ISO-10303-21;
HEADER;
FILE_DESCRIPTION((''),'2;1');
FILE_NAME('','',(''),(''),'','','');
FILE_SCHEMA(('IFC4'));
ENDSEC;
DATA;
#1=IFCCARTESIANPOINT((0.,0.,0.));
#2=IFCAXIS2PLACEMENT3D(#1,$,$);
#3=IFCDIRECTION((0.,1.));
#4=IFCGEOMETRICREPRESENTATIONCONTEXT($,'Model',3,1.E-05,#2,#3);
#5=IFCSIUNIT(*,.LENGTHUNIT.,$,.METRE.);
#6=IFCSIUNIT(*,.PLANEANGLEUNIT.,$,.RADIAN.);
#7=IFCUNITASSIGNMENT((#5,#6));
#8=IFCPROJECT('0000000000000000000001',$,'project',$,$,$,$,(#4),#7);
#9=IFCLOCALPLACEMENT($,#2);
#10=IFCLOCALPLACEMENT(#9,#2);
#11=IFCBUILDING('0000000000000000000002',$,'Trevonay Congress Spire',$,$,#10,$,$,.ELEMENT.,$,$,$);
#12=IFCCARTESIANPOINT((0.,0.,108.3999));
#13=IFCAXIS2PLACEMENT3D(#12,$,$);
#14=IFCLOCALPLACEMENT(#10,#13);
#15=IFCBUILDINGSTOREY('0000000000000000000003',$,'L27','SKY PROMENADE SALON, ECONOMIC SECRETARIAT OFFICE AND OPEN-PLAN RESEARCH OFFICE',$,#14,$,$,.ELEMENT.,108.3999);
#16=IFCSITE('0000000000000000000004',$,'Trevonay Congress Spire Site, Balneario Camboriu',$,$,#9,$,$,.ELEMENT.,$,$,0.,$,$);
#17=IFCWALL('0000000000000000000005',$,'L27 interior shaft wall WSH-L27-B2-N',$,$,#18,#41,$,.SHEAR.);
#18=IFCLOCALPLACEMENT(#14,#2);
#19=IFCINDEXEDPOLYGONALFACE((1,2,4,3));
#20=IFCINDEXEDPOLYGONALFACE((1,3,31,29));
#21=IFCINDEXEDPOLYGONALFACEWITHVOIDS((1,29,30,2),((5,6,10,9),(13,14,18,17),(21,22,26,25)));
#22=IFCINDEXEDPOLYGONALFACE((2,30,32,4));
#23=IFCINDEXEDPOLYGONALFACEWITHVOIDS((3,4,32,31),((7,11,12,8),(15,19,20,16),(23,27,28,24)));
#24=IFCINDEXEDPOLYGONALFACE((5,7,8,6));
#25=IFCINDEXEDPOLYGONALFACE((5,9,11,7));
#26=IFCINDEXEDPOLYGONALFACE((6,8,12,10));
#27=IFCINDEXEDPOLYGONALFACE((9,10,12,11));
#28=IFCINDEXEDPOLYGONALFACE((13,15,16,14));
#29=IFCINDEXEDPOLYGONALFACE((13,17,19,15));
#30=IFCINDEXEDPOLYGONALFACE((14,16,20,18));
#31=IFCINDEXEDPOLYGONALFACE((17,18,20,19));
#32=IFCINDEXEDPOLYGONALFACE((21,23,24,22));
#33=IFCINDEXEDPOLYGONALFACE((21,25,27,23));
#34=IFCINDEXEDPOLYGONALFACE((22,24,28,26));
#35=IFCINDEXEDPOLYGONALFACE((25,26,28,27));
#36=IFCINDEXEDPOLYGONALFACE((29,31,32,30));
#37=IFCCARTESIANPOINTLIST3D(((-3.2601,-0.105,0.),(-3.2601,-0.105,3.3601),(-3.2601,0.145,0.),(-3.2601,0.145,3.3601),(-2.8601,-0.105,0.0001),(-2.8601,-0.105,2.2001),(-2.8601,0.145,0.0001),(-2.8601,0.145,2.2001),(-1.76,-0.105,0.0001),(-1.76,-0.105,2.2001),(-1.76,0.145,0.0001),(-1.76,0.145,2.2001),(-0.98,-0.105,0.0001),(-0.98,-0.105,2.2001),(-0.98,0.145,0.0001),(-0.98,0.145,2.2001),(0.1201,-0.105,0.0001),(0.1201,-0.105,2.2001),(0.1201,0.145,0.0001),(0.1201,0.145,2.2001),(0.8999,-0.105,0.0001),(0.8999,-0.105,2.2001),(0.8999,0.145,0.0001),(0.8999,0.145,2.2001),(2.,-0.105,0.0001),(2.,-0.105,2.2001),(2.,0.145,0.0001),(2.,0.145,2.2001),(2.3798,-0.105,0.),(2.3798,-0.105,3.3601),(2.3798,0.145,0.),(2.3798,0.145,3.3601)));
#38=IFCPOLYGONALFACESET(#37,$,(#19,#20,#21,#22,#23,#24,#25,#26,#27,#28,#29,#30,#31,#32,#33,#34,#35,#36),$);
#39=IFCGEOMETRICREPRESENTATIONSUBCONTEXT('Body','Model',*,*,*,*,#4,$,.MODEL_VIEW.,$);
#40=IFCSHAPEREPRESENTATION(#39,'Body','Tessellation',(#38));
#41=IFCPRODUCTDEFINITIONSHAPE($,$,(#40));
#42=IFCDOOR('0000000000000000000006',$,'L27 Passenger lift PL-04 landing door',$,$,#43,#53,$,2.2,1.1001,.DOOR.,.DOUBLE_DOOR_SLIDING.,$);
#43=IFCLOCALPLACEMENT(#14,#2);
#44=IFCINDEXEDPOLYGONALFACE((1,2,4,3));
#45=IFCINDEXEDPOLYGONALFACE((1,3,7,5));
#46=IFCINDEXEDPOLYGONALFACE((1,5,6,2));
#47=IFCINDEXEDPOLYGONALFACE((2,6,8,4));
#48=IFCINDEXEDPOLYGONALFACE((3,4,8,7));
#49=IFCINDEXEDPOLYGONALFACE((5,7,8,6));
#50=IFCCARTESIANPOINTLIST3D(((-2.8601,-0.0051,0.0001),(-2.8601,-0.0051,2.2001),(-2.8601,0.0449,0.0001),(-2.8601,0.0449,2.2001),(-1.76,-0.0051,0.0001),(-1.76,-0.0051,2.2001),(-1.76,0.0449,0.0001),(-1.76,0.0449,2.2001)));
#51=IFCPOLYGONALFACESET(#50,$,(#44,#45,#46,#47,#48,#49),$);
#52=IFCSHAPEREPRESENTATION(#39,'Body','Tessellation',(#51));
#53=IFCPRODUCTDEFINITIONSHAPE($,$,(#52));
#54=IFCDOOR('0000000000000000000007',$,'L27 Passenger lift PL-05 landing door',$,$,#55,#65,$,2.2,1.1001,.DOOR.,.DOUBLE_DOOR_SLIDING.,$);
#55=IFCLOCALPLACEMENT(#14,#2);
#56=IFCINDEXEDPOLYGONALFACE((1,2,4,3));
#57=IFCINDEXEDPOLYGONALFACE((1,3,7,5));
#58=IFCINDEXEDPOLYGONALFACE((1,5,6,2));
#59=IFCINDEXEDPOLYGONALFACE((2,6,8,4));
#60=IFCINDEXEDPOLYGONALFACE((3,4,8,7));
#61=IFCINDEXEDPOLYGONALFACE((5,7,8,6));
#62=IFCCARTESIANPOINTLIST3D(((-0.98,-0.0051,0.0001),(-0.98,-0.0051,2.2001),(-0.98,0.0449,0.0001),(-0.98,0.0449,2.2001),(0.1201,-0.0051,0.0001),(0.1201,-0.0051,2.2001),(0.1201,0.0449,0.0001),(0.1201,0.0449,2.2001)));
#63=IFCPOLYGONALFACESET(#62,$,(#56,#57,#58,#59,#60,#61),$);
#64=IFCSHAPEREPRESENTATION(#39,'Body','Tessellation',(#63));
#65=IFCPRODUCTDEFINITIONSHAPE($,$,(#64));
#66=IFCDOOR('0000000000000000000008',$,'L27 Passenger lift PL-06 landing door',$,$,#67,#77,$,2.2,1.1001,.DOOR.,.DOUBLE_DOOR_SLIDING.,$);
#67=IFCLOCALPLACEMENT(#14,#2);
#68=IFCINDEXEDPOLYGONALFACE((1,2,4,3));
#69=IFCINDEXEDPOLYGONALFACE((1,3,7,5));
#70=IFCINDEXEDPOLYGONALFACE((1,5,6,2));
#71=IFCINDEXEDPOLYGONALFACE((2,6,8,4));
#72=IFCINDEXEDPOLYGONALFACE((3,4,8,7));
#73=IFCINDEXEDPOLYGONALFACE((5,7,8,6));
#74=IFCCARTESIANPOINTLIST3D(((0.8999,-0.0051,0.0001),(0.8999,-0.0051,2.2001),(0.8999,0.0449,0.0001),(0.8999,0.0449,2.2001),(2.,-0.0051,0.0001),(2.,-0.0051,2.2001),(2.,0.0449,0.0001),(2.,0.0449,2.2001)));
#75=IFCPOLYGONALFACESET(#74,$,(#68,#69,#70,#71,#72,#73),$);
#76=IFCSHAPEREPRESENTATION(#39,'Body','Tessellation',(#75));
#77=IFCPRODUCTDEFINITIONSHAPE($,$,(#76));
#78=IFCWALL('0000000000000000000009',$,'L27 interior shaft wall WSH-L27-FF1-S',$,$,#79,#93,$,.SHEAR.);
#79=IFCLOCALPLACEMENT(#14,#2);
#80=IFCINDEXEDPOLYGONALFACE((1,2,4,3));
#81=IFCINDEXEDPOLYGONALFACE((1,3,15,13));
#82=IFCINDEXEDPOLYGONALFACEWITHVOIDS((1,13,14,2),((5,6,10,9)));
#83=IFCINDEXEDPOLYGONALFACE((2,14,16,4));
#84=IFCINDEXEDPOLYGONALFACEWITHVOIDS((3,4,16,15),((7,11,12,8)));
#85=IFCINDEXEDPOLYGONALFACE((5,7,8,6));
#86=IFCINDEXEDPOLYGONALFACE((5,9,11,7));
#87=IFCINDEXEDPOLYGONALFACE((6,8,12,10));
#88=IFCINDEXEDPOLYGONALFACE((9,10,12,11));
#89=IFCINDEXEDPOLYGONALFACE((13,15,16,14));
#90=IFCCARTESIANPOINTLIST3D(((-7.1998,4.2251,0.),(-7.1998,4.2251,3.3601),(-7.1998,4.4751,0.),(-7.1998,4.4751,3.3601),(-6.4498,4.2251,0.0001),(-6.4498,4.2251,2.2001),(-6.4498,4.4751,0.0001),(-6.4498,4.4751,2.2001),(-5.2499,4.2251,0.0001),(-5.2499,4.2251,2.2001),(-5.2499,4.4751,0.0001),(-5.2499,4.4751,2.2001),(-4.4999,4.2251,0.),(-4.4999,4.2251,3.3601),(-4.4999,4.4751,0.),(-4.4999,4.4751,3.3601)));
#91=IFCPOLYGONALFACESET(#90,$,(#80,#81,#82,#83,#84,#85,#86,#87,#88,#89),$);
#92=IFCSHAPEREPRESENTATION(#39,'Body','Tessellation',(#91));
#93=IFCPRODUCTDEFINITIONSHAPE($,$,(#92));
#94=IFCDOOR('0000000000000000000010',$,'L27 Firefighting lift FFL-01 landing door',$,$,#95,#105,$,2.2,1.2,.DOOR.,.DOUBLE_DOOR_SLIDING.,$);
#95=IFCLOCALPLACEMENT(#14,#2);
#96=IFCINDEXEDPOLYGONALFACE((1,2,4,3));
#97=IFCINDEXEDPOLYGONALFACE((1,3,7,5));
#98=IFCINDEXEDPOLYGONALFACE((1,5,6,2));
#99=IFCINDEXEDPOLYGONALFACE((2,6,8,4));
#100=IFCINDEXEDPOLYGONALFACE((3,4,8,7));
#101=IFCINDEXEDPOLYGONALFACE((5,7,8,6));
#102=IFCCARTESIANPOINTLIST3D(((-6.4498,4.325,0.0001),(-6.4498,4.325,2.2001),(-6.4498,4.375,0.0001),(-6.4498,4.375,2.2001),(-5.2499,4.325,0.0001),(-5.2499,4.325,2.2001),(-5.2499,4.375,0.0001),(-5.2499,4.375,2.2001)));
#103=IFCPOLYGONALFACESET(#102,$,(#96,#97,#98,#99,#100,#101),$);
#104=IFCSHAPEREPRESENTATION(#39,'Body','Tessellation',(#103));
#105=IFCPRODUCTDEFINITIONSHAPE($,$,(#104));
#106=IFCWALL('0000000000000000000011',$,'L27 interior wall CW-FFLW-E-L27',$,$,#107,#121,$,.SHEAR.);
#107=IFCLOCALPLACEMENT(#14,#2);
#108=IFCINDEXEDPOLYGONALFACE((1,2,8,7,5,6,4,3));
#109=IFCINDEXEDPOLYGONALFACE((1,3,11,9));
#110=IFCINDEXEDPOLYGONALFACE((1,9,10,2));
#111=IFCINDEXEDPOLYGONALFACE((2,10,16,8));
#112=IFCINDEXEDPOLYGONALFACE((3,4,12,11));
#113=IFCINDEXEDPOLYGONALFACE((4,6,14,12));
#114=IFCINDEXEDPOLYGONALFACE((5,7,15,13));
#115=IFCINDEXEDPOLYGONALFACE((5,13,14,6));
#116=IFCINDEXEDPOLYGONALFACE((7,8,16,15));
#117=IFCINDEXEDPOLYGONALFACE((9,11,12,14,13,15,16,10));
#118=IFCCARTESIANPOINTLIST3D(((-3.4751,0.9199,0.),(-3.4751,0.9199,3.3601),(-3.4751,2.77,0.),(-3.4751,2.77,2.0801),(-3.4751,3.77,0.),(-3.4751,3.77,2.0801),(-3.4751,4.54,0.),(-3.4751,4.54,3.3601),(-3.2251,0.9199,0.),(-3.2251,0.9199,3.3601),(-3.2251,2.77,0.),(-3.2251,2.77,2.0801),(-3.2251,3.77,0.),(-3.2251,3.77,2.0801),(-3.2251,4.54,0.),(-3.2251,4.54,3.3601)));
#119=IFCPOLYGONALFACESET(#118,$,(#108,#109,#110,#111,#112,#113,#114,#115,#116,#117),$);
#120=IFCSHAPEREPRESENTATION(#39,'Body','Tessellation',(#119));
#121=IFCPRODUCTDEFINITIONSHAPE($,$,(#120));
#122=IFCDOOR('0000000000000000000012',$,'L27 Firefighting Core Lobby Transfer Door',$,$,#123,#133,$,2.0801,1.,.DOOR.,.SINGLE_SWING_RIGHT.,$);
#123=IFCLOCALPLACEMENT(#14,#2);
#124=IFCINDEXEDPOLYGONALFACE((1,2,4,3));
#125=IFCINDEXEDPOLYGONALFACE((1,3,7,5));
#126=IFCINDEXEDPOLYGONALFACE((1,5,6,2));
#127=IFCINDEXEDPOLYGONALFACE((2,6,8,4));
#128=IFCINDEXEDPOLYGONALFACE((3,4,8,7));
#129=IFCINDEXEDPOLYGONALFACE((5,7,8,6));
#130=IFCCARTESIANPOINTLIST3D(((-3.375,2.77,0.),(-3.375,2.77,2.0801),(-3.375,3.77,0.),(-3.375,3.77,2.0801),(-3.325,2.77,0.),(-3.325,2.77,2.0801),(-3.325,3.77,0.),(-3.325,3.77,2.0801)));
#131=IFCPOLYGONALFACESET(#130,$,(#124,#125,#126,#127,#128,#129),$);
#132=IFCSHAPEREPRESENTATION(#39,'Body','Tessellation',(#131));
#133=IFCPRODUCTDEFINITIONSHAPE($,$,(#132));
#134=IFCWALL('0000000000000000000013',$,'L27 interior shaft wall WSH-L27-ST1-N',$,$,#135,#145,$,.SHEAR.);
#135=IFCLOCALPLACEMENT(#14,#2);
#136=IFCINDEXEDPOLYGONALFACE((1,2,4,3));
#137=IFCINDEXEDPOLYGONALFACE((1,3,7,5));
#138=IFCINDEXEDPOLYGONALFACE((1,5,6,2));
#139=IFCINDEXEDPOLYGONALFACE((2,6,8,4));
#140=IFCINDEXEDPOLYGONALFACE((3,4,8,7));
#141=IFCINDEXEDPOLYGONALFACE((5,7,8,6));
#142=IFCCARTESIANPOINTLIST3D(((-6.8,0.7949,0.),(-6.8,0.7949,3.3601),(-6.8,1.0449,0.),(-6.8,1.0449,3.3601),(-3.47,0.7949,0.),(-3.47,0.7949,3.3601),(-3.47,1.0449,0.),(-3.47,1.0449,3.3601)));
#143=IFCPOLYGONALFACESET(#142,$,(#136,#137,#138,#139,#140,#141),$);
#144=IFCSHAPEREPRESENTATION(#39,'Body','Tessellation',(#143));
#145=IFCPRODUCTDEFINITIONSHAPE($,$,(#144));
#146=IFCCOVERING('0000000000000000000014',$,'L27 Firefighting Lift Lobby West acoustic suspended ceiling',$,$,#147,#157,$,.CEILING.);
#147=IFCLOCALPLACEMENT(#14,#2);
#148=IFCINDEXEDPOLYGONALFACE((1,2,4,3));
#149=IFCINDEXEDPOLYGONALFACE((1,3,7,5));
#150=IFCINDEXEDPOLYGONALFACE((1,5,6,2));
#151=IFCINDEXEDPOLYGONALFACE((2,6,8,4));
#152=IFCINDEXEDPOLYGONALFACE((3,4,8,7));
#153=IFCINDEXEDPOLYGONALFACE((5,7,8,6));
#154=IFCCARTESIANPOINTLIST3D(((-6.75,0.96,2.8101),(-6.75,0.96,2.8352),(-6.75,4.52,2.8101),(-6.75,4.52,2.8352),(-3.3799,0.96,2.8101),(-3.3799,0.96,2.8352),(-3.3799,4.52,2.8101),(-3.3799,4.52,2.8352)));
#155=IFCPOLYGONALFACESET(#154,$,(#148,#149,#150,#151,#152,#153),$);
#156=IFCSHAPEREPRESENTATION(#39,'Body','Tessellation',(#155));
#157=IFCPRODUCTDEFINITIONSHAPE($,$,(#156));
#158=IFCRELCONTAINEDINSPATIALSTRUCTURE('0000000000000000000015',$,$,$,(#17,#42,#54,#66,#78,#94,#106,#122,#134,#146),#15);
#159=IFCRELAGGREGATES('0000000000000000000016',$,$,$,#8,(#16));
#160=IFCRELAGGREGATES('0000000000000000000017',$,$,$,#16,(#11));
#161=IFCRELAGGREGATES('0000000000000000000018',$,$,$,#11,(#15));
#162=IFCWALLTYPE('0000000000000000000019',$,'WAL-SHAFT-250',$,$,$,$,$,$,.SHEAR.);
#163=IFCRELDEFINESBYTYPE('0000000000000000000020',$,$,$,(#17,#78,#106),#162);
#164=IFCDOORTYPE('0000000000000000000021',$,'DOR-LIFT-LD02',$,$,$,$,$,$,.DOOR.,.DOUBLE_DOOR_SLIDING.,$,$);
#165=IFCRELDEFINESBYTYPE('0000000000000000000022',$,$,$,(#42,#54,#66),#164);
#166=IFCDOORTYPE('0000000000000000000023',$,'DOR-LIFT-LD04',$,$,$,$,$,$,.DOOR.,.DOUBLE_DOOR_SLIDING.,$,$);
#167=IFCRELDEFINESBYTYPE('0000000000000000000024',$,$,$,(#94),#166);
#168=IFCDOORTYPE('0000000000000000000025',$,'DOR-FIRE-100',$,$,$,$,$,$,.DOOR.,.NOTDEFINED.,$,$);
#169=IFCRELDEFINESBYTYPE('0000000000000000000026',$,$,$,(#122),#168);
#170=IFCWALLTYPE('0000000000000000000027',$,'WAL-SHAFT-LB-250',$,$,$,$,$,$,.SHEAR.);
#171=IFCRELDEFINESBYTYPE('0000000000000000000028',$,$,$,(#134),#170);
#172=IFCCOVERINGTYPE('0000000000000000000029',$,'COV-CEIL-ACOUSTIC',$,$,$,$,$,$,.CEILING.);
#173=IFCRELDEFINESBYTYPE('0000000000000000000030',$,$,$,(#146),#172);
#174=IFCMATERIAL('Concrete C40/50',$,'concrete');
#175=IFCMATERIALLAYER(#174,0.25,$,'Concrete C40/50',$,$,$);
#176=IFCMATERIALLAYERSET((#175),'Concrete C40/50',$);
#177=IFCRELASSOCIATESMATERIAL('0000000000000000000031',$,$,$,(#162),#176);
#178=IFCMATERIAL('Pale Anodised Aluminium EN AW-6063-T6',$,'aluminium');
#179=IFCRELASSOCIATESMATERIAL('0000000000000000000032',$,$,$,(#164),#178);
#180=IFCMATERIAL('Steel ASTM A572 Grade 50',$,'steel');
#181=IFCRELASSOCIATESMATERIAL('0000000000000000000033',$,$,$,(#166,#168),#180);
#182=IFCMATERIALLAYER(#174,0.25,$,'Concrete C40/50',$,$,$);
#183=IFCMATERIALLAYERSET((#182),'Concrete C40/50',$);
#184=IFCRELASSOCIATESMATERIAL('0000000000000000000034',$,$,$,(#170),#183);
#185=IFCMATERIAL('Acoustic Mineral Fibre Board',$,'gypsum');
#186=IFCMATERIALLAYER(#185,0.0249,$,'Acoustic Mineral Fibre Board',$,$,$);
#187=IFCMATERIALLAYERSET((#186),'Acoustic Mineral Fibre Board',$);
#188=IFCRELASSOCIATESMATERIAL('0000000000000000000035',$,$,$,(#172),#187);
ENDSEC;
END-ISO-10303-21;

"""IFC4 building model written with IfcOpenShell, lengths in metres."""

from ifc_helpers import new_model, si_unit, direction, frame, frame_2d, origin, place, context, subcontext, project, spatial, polyline, rectangle, outline, extrude, material, layer, layer_set, type_object, element, fill, save


model = new_model("IFC4")

# Units and contexts
model_context = context("Model", 3, precision=1e-05, world=origin(), true_north=direction((0.0, 1.0)))
body_context = subcontext(model_context, "Body", "Model", "MODEL_VIEW")
ifc_project = project(units=[si_unit("LENGTHUNIT", "METRE"), si_unit("PLANEANGLEUNIT", "RADIAN")], contexts=[model_context])

# Site, building, storey
site_placement = place(None, origin())
site = spatial("IfcSite", under=ifc_project, at=site_placement, Name="Trevonay Congress Spire Site, Balneario Camboriu", CompositionType="ELEMENT", RefElevation=0.0)
building_placement = place(site_placement, origin())
building = spatial("IfcBuilding", under=site, at=building_placement, Name="Trevonay Congress Spire", CompositionType="ELEMENT")
storey_placement = place(building_placement, frame((0.0, 0.0, 108.3999)))
storey = spatial("IfcBuildingStorey", under=building, at=storey_placement, Name="L27", Description="SKY PROMENADE SALON, ECONOMIC SECRETARIAT OFFICE AND OPEN-PLAN RESEARCH OFFICE", CompositionType="ELEMENT", Elevation=108.3999)

# Shared definitions
ifc_material_1 = material(Name="Steel ASTM A572 Grade 50", Category="steel")

# Shared definitions
ifc_material_2 = material(Name="Concrete C40/50", Category="concrete")

# Wall, openings, doors
ifc_layer_1 = layer(ifc_material_2, 0.25, Name="Concrete C40/50")
ifc_layer_set_1 = layer_set([ifc_layer_1], Name="Concrete C40/50")
wall_type_1 = type_object("IfcWallType", Name="WAL-SHAFT-250", PredefinedType="SHEAR", material=ifc_layer_set_1)
wall_1_placement = place(storey_placement, frame((-3.26, 0.02, 0.0), z_axis=(0.0, 0.0, 1.0), x_axis=(1.0, 0.0, 0.0)))
wall_1 = element("IfcWall", 1, at=wall_1_placement, inside=storey, type_object=wall_type_1, Name="L27 interior shaft wall WSH-L27-B2-N", PredefinedType="SHEAR", context=body_context, shape_type="SweptSolid", body=[
    extrude(rectangle(XDim=5.6399, YDim=0.25, at=frame_2d((2.8198, 0.0))), origin(), (0.0, 0.0, 1.0), 3.3601),
])
opening_1_placement = place(wall_1_placement, frame((0.3999, 0.0, 0.0)))
opening_1 = element("IfcOpeningElement", 2, at=opening_1_placement, cuts=wall_1, PredefinedType="OPENING", context=body_context, shape_type="SweptSolid", body=[
    extrude(rectangle(XDim=1.1001, YDim=2.2, at=frame_2d((0.55, 1.1001))), frame((0.0, 0.135, 0.0), z_axis=(0.0, -1.0, 0.0), x_axis=(1.0, 0.0, 0.0)), (0.0, 0.0, 1.0), 0.27),
])
opening_2_placement = place(wall_1_placement, frame((2.28, 0.0, 0.0)))
opening_2 = element("IfcOpeningElement", 3, at=opening_2_placement, cuts=wall_1, PredefinedType="OPENING", context=body_context, shape_type="SweptSolid", body=[
    extrude(rectangle(XDim=1.1001, YDim=2.2, at=frame_2d((0.55, 1.1001))), frame((0.0, 0.135, 0.0), z_axis=(0.0, -1.0, 0.0), x_axis=(1.0, 0.0, 0.0)), (0.0, 0.0, 1.0), 0.27),
])
opening_3_placement = place(wall_1_placement, frame((4.1599, 0.0, 0.0)))
opening_3 = element("IfcOpeningElement", 4, at=opening_3_placement, cuts=wall_1, PredefinedType="OPENING", context=body_context, shape_type="SweptSolid", body=[
    extrude(rectangle(XDim=1.1001, YDim=2.2, at=frame_2d((0.55, 1.1001))), frame((0.0, 0.135, 0.0), z_axis=(0.0, -1.0, 0.0), x_axis=(1.0, 0.0, 0.0)), (0.0, 0.0, 1.0), 0.27),
])
ifc_material_3 = material(Name="Pale Anodised Aluminium EN AW-6063-T6", Category="aluminium")
door_type_1 = type_object("IfcDoorType", Name="DOR-LIFT-LD02", OperationType="DOUBLE_DOOR_SLIDING", PredefinedType="DOOR", material=ifc_material_3)
door_1_placement = place(opening_1_placement, origin())
door_1 = element("IfcDoor", 5, at=door_1_placement, inside=storey, type_object=door_type_1, Name="L27 Passenger lift PL-04 landing door", OperationType="DOUBLE_DOOR_SLIDING", OverallHeight=2.2, OverallWidth=1.1001, PredefinedType="DOOR", context=body_context, shape_type="SweptSolid", body=[
    extrude(rectangle(XDim=1.1001, YDim=2.2, at=frame_2d((0.55, 1.1001))), frame((0.0, 0.0249, 0.0), z_axis=(0.0, -1.0, 0.0), x_axis=(1.0, 0.0, 0.0)), (0.0, 0.0, 1.0), 0.05),
])
fill(opening_1, door_1)
door_2_placement = place(opening_2_placement, origin())
door_2 = element("IfcDoor", 6, at=door_2_placement, inside=storey, type_object=door_type_1, Name="L27 Passenger lift PL-05 landing door", OperationType="DOUBLE_DOOR_SLIDING", OverallHeight=2.2, OverallWidth=1.1001, PredefinedType="DOOR", context=body_context, shape_type="SweptSolid", body=[
    extrude(rectangle(XDim=1.1001, YDim=2.2, at=frame_2d((0.55, 1.1001))), frame((0.0, 0.0249, 0.0), z_axis=(0.0, -1.0, 0.0), x_axis=(1.0, 0.0, 0.0)), (0.0, 0.0, 1.0), 0.05),
])
fill(opening_2, door_2)
door_3_placement = place(opening_3_placement, origin())
door_3 = element("IfcDoor", 7, at=door_3_placement, inside=storey, type_object=door_type_1, Name="L27 Passenger lift PL-06 landing door", OperationType="DOUBLE_DOOR_SLIDING", OverallHeight=2.2, OverallWidth=1.1001, PredefinedType="DOOR", context=body_context, shape_type="SweptSolid", body=[
    extrude(rectangle(XDim=1.1001, YDim=2.2, at=frame_2d((0.55, 1.1001))), frame((0.0, 0.0249, 0.0), z_axis=(0.0, -1.0, 0.0), x_axis=(1.0, 0.0, 0.0)), (0.0, 0.0, 1.0), 0.05),
])
fill(opening_3, door_3)

# Walls, openings, doors
wall_2_placement = place(storey_placement, frame((-7.2, 4.3501, 0.0), z_axis=(0.0, 0.0, 1.0), x_axis=(1.0, 0.0, 0.0)))
wall_2 = element("IfcWall", 8, at=wall_2_placement, inside=storey, type_object=wall_type_1, Name="L27 interior shaft wall WSH-L27-FF1-S", PredefinedType="SHEAR", context=body_context, shape_type="SweptSolid", body=[
    extrude(rectangle(XDim=2.7, YDim=0.25, at=frame_2d((1.3501, 0.0))), origin(), (0.0, 0.0, 1.0), 3.3601),
])
opening_4_placement = place(wall_2_placement, frame((0.75, 0.0, 0.0)))
opening_4 = element("IfcOpeningElement", 9, at=opening_4_placement, cuts=wall_2, PredefinedType="OPENING", context=body_context, shape_type="SweptSolid", body=[
    extrude(rectangle(XDim=1.2, YDim=2.2, at=frame_2d((0.6001, 1.1001))), frame((0.0, 0.135, 0.0), z_axis=(0.0, -1.0, 0.0), x_axis=(1.0, 0.0, 0.0)), (0.0, 0.0, 1.0), 0.27),
])
door_type_2 = type_object("IfcDoorType", Name="DOR-LIFT-LD04", OperationType="DOUBLE_DOOR_SLIDING", PredefinedType="DOOR", material=ifc_material_1)
door_4_placement = place(opening_4_placement, origin())
door_4 = element("IfcDoor", 10, at=door_4_placement, inside=storey, type_object=door_type_2, Name="L27 Firefighting lift FFL-01 landing door", OperationType="DOUBLE_DOOR_SLIDING", OverallHeight=2.2, OverallWidth=1.2, PredefinedType="DOOR", context=body_context, shape_type="SweptSolid", body=[
    extrude(rectangle(XDim=1.2, YDim=2.2, at=frame_2d((0.6001, 1.1001))), frame((0.0, 0.0249, 0.0), z_axis=(0.0, -1.0, 0.0), x_axis=(1.0, 0.0, 0.0)), (0.0, 0.0, 1.0), 0.05),
])
fill(opening_4, door_4)
wall_3_placement = place(storey_placement, frame((-3.3501, 0.9199, 0.0), z_axis=(0.0, 0.0, 1.0), x_axis=(0.0, 1.0, 0.0)))
wall_3 = element("IfcWall", 11, at=wall_3_placement, inside=storey, type_object=wall_type_1, Name="L27 interior wall CW-FFLW-E-L27", PredefinedType="SHEAR", context=body_context, shape_type="SweptSolid", body=[
    extrude(rectangle(XDim=3.6201, YDim=0.25, at=frame_2d((1.8101, 0.0))), origin(), (0.0, 0.0, 1.0), 3.3601),
])
opening_5_placement = place(wall_3_placement, frame((1.8501, 0.0, 0.0)))
opening_5 = element("IfcOpeningElement", 12, at=opening_5_placement, cuts=wall_3, PredefinedType="OPENING", context=body_context, shape_type="SweptSolid", body=[
    extrude(rectangle(XDim=1.0, YDim=2.0801, at=frame_2d((0.5, 1.04))), frame((0.0, 0.135, 0.0), z_axis=(0.0, -1.0, 0.0), x_axis=(1.0, 0.0, 0.0)), (0.0, 0.0, 1.0), 0.27),
])
door_type_3 = type_object("IfcDoorType", Name="DOR-FIRE-100", OperationType="NOTDEFINED", PredefinedType="DOOR", material=ifc_material_1)
door_5_placement = place(opening_5_placement, origin())
door_5 = element("IfcDoor", 13, at=door_5_placement, inside=storey, type_object=door_type_3, Name="L27 Firefighting Core Lobby Transfer Door", OperationType="SINGLE_SWING_RIGHT", OverallHeight=2.0801, OverallWidth=1.0, PredefinedType="DOOR", context=body_context, shape_type="SweptSolid", body=[
    extrude(rectangle(XDim=1.0, YDim=2.0801, at=frame_2d((0.5, 1.04))), frame((0.0, 0.0249, 0.0), z_axis=(0.0, -1.0, 0.0), x_axis=(1.0, 0.0, 0.0)), (0.0, 0.0, 1.0), 0.05),
])
fill(opening_5, door_5)

# Wall
ifc_layer_2 = layer(ifc_material_2, 0.25, Name="Concrete C40/50")
ifc_layer_set_2 = layer_set([ifc_layer_2], Name="Concrete C40/50")
wall_type_2 = type_object("IfcWallType", Name="WAL-SHAFT-LB-250", PredefinedType="SHEAR", material=ifc_layer_set_2)
wall_4_placement = place(storey_placement, frame((-6.8, 0.9199, 0.0), z_axis=(0.0, 0.0, 1.0), x_axis=(1.0, 0.0, 0.0)))
element("IfcWall", 14, at=wall_4_placement, inside=storey, type_object=wall_type_2, Name="L27 interior shaft wall WSH-L27-ST1-N", PredefinedType="SHEAR", context=body_context, shape_type="SweptSolid", body=[
    extrude(rectangle(XDim=3.3301, YDim=0.25, at=frame_2d((1.665, 0.0))), origin(), (0.0, 0.0, 1.0), 3.3601),
])

# Covering
ifc_material_4 = material(Name="Acoustic Mineral Fibre Board", Category="gypsum")
ifc_layer_3 = layer(ifc_material_4, 0.0249, Name="Acoustic Mineral Fibre Board")
ifc_layer_set_3 = layer_set([ifc_layer_3], Name="Acoustic Mineral Fibre Board")
covering_type_1 = type_object("IfcCoveringType", Name="COV-CEIL-ACOUSTIC", PredefinedType="CEILING", material=ifc_layer_set_3)
covering_1_placement = place(storey_placement, frame((0.0, 0.0, 2.8101)))
element("IfcCovering", 15, at=covering_1_placement, inside=storey, type_object=covering_type_1, Name="L27 Firefighting Lift Lobby West acoustic suspended ceiling", PredefinedType="CEILING", context=body_context, shape_type="SweptSolid", body=[
    extrude(outline(polyline([(-6.75, 0.96), (-3.3799, 0.96), (-3.3799, 4.52), (-6.75, 4.52), (-6.75, 0.96)])), origin(), (0.0, 0.0, 1.0), 0.0251),
])

save(model, "model.ifc")
